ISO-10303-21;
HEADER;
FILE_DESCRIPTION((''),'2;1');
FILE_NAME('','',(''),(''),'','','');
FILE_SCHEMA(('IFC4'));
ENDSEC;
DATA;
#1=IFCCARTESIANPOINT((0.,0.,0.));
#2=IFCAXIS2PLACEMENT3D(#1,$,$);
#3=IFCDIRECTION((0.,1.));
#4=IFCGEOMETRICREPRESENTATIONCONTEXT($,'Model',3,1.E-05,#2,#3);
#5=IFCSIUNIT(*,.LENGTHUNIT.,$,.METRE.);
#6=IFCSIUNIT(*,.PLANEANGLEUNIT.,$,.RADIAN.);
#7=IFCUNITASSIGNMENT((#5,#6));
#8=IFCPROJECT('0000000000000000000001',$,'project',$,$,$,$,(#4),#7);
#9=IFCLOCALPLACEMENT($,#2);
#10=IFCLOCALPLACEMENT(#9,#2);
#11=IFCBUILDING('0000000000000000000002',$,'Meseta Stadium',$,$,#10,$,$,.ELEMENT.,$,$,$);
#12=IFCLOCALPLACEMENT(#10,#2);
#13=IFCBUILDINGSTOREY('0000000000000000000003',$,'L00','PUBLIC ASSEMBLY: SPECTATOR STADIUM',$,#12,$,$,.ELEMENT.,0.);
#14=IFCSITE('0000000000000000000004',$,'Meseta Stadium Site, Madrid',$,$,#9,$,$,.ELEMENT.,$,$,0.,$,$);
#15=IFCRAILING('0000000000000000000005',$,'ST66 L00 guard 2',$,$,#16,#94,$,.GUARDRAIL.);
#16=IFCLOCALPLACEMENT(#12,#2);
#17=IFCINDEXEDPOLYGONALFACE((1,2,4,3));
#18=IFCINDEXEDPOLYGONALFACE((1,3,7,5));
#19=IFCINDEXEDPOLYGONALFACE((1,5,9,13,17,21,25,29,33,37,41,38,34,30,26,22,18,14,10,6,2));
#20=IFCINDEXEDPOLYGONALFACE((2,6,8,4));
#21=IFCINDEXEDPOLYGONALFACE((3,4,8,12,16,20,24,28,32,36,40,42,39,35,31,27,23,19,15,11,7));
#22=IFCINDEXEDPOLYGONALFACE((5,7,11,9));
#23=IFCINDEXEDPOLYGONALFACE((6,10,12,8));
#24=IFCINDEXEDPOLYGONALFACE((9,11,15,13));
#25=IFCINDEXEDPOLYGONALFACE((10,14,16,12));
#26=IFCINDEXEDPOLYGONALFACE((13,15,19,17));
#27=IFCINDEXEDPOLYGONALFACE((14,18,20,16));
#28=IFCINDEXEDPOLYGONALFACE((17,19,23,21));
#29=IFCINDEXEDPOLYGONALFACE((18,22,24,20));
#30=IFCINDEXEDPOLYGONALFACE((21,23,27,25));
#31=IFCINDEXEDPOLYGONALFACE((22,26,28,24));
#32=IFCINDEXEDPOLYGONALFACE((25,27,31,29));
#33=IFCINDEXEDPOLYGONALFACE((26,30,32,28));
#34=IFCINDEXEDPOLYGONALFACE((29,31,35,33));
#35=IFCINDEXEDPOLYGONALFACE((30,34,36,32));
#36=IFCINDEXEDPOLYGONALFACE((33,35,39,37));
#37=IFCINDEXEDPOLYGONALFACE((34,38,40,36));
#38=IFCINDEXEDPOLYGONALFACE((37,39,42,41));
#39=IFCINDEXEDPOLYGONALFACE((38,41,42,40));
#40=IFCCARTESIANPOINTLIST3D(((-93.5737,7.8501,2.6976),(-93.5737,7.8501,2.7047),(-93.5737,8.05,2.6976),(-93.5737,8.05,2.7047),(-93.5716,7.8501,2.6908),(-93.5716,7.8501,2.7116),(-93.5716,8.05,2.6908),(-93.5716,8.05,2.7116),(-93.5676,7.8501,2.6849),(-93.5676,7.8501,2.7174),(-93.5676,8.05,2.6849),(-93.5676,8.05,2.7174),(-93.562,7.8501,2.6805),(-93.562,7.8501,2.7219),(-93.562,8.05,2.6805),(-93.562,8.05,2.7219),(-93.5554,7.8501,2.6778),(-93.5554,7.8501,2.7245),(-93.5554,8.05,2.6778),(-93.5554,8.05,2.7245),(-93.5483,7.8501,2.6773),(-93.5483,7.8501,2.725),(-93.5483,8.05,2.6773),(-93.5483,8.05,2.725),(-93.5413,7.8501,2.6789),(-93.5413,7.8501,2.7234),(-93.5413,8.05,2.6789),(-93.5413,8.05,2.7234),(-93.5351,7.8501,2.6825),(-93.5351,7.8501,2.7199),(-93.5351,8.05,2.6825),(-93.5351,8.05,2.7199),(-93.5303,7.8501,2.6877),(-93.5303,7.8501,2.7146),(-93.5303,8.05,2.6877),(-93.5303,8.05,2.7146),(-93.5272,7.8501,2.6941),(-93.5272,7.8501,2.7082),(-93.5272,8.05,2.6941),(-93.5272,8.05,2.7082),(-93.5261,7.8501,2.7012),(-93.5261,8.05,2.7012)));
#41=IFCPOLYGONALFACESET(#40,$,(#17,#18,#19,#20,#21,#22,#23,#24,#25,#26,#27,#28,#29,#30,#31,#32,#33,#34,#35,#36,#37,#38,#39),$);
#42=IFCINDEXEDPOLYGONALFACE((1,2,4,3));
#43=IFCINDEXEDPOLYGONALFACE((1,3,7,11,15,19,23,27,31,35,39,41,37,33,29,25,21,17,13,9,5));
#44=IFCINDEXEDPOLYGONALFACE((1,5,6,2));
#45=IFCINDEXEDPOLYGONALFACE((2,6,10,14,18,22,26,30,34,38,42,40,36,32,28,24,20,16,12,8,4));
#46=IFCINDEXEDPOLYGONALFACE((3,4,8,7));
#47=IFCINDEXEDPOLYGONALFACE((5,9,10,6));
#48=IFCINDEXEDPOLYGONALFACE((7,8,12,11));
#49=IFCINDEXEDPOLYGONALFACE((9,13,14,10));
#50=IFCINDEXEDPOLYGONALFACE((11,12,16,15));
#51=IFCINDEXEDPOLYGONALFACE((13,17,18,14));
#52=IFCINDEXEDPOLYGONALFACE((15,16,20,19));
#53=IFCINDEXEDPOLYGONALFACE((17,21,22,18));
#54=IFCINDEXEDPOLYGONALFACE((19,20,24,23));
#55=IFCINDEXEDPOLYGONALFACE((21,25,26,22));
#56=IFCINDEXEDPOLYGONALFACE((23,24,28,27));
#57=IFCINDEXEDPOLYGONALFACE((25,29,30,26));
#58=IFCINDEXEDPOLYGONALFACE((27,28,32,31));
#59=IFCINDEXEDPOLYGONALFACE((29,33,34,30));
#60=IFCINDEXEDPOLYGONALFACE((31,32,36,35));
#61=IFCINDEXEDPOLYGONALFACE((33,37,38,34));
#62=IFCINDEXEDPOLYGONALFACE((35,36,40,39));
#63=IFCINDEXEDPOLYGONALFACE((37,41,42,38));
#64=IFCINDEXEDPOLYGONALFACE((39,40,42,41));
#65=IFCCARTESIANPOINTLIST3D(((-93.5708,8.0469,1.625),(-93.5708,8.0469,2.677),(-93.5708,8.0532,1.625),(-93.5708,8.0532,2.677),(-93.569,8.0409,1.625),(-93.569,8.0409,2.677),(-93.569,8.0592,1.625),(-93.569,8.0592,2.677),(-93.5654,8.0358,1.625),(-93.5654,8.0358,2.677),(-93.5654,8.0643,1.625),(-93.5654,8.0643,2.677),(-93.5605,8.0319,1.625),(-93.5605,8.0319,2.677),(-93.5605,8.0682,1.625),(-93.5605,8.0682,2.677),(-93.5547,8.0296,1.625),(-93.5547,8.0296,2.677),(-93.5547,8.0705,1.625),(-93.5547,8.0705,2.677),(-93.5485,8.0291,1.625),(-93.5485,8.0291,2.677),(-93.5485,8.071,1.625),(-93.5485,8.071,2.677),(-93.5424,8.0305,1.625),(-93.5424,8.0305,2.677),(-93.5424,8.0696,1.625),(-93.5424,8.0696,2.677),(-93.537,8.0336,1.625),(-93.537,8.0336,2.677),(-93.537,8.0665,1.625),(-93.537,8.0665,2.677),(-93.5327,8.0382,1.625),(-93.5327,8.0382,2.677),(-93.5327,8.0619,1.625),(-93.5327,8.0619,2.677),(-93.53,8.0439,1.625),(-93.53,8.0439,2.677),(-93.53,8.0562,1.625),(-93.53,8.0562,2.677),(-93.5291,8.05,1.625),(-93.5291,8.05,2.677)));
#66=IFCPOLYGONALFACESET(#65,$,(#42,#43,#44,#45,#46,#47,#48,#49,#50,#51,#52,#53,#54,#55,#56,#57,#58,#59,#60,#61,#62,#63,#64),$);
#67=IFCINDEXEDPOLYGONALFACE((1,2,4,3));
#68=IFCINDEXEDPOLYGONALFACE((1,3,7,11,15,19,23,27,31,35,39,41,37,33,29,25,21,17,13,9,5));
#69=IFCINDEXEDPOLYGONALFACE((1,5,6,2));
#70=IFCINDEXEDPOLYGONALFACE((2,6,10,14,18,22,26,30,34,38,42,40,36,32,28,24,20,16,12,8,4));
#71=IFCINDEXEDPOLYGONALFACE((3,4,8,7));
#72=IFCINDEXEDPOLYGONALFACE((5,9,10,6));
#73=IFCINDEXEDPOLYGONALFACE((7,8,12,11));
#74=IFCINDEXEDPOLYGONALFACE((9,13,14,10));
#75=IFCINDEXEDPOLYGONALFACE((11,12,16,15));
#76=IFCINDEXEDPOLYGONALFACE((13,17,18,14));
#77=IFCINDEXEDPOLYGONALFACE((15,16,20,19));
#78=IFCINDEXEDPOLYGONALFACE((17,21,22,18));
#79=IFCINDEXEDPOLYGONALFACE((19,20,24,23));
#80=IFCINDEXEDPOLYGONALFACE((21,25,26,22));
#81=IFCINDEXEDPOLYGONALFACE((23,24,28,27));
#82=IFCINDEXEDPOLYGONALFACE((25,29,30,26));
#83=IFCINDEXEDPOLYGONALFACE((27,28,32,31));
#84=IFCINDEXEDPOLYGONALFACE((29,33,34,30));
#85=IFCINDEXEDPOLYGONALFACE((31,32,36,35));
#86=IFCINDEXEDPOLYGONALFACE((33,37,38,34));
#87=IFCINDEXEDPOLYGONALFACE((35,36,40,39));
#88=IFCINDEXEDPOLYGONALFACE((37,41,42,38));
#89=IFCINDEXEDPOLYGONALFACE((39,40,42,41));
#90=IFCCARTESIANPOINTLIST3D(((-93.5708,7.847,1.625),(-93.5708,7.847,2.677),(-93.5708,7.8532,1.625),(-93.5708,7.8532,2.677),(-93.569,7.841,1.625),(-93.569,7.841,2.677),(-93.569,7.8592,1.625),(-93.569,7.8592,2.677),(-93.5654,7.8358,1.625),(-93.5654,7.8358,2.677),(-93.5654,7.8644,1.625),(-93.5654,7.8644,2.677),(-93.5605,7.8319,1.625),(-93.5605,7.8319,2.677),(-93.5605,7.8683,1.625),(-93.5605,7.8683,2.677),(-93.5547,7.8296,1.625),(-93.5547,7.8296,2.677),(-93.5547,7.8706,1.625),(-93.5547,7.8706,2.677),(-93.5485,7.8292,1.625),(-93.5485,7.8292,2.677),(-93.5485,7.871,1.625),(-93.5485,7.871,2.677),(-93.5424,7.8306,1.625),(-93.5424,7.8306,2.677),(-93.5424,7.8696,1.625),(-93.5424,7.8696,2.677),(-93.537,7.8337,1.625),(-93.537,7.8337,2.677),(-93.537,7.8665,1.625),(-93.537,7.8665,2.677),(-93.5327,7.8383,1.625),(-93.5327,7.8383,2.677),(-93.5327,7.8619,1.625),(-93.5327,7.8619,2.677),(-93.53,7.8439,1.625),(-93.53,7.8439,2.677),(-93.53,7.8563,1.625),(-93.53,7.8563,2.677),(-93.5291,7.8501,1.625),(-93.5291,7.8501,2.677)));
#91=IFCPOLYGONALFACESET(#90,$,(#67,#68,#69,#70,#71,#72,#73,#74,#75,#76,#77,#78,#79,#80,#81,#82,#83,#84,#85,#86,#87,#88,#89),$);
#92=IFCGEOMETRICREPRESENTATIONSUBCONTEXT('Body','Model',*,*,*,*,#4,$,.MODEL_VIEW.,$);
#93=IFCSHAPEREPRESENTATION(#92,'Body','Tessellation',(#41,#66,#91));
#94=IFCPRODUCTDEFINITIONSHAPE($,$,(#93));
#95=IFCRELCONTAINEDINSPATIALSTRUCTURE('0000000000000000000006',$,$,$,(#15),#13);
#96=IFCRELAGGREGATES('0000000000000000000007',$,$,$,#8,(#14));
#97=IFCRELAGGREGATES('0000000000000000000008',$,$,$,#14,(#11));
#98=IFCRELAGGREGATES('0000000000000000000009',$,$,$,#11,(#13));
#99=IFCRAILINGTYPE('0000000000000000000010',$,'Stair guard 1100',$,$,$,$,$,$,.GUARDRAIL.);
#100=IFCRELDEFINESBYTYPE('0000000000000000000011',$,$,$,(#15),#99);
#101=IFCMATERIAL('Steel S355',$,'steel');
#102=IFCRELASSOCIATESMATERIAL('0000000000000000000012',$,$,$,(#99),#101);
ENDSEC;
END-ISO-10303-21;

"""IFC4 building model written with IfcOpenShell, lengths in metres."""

from ifc_helpers import new_model, si_unit, direction, frame, origin, origin_2d, place, context, subcontext, project, spatial, circle, extrude, material, type_object, element, save


model = new_model("IFC4")

# Units and contexts
model_context = context("Model", 3, precision=1e-05, world=origin(), true_north=direction((0.0, 1.0)))
body_context = subcontext(model_context, "Body", "Model", "MODEL_VIEW")
ifc_project = project(units=[si_unit("LENGTHUNIT", "METRE"), si_unit("PLANEANGLEUNIT", "RADIAN")], contexts=[model_context])

# Site, building, storey
site_placement = place(None, origin())
site = spatial("IfcSite", under=ifc_project, at=site_placement, Name="Meseta Stadium Site, Madrid", CompositionType="ELEMENT", RefElevation=0.0)
building_placement = place(site_placement, origin())
building = spatial("IfcBuilding", under=site, at=building_placement, Name="Meseta Stadium", CompositionType="ELEMENT")
storey_placement = place(building_placement, origin())
storey = spatial("IfcBuildingStorey", under=building, at=storey_placement, Name="L00", Description="PUBLIC ASSEMBLY: SPECTATOR STADIUM", CompositionType="ELEMENT", Elevation=0.0)

# Railing
ifc_material_1 = material(Name="Steel S355", Category="steel")
railing_type_1 = type_object("IfcRailingType", Name="Stair guard 1100", PredefinedType="GUARDRAIL", material=ifc_material_1)
railing_1_placement = place(storey_placement, frame((-93.55, 8.05, 1.625)))
element("IfcRailing", 1, at=railing_1_placement, inside=storey, type_object=railing_type_1, Name="ST66 L00 guard 2", PredefinedType="GUARDRAIL", context=body_context, shape_type="SweptSolid", body=[
    extrude(circle(Radius=0.0239, at=origin_2d()), frame((0.0, 0.0, 1.0762), z_axis=(0.0, -1.0, 0.0), x_axis=(1.0, 0.0, 0.0)), (0.0, 0.0, 1.0), 0.2),
    extrude(circle(Radius=0.021, at=origin_2d()), origin(), (0.0, 0.0, 1.0), 1.052),
    extrude(circle(Radius=0.021, at=origin_2d()), frame((0.0, -0.2, 0.0)), (0.0, 0.0, 1.0), 1.052),
])

save(model, "model.ifc")
